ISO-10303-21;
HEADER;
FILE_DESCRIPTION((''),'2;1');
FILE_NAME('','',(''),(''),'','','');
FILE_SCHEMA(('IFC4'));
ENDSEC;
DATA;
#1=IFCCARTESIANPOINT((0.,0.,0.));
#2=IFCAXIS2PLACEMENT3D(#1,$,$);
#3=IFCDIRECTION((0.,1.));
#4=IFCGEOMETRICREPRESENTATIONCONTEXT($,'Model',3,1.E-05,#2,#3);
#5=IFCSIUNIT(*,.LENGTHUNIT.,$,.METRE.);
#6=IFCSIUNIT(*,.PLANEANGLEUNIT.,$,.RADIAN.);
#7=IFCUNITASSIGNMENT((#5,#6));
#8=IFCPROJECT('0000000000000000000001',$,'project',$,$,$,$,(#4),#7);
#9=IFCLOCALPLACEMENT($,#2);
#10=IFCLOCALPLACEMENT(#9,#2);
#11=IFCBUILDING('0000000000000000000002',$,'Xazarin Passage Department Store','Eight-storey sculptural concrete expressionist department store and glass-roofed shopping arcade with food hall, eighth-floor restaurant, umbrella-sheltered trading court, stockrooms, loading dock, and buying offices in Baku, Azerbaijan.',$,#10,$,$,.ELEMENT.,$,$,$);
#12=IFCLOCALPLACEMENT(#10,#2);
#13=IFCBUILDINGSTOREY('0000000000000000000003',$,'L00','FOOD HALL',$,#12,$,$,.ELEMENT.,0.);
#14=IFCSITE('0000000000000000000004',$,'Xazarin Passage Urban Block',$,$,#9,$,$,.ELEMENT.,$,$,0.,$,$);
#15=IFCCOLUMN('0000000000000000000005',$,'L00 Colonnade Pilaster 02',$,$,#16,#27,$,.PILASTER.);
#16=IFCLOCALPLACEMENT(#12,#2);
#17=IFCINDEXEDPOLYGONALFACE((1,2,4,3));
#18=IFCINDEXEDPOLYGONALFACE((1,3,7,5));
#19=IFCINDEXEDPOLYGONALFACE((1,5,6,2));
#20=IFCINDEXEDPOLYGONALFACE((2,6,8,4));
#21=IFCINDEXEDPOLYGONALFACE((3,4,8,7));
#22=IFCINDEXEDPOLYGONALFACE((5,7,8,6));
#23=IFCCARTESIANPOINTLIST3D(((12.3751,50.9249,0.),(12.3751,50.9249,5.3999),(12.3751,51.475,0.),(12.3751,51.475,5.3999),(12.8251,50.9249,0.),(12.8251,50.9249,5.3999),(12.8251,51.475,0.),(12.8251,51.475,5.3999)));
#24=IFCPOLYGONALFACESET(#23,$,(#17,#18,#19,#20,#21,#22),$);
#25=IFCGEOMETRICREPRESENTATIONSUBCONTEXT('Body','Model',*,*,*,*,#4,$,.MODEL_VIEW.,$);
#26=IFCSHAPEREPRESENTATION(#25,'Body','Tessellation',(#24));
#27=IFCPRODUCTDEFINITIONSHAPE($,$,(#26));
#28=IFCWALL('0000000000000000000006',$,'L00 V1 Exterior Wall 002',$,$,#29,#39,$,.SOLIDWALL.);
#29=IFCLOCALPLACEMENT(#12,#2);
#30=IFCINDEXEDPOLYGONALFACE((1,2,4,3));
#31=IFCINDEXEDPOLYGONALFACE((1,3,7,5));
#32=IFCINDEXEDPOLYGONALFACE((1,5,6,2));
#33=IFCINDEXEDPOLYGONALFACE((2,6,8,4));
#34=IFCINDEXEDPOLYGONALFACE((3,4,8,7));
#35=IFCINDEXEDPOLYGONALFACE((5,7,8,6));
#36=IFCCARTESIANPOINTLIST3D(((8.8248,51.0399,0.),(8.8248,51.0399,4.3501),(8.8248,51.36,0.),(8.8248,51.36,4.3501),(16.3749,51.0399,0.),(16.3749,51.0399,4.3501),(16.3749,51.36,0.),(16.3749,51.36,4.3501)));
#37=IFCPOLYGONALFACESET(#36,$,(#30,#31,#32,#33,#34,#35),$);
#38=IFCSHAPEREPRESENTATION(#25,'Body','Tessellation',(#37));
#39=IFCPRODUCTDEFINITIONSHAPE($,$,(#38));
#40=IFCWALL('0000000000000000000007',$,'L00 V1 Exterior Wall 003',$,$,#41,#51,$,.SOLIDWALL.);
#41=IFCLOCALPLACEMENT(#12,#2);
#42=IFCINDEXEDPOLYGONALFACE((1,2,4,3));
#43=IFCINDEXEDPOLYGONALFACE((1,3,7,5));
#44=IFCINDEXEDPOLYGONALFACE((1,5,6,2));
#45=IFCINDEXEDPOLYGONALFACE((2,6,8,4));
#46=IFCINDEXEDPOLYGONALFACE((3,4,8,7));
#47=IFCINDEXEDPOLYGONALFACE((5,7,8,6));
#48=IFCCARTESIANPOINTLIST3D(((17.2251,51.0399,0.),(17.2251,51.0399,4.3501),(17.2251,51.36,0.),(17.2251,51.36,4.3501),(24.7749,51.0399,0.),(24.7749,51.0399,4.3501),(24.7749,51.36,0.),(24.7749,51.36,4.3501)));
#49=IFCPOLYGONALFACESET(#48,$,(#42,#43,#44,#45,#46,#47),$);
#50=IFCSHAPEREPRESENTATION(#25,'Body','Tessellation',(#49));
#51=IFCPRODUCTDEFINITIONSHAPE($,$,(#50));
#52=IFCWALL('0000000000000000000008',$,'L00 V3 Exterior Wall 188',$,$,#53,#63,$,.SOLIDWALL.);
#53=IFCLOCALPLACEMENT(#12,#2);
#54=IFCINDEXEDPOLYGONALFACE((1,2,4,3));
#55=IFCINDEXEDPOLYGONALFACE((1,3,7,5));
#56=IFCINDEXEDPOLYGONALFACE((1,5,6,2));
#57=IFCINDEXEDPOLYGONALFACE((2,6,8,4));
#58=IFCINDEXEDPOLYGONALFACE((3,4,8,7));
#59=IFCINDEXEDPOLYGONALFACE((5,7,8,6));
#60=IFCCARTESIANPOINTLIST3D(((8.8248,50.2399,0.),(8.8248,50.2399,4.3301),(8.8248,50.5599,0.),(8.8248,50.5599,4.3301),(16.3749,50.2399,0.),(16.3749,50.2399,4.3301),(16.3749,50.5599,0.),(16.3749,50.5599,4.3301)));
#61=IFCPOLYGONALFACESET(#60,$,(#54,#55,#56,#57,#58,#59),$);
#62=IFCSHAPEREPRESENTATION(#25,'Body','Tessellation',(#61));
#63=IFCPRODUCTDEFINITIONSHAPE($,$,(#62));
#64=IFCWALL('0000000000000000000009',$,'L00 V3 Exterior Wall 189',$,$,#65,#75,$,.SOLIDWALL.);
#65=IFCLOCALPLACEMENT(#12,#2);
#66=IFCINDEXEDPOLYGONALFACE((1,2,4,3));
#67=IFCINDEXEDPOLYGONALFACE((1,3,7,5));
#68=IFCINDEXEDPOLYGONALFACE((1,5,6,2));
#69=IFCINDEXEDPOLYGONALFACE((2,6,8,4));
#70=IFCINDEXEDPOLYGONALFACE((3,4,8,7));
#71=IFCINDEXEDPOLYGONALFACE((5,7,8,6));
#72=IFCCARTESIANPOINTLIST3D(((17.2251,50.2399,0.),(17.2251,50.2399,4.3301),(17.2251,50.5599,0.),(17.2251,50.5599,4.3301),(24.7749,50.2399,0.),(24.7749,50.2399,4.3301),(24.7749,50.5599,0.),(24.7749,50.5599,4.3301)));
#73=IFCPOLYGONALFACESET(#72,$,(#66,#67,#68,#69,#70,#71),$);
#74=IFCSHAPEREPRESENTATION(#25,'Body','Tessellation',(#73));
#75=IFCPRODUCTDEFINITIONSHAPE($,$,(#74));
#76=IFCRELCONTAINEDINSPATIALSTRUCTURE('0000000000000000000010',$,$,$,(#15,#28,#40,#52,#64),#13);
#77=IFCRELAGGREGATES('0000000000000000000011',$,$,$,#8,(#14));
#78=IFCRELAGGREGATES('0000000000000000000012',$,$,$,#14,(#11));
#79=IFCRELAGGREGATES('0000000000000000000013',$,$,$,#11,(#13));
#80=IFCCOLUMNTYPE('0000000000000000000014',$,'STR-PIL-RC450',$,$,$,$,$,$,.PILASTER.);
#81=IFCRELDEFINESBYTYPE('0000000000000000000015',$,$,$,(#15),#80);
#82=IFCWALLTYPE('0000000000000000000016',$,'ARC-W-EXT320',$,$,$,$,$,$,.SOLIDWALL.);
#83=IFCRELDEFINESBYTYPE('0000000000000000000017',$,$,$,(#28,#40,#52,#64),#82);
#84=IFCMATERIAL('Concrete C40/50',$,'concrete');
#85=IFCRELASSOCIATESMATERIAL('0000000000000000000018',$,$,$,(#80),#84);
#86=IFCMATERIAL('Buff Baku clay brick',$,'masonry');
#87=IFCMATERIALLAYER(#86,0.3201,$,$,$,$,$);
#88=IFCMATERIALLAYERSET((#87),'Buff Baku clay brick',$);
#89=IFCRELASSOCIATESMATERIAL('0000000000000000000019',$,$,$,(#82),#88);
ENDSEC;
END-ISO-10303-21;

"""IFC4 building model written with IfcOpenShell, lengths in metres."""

from ifc_helpers import new_model, si_unit, direction, frame, frame_2d, origin, origin_2d, place, context, subcontext, project, spatial, rectangle, extrude, material, layer, layer_set, material_profile, profile_set, type_object, element, save


model = new_model("IFC4")

# Units and contexts
model_context = context("Model", 3, precision=1e-05, world=origin(), true_north=direction((0.0, 1.0)))
body_context = subcontext(model_context, "Body", "Model", "MODEL_VIEW")
ifc_project = project(units=[si_unit("LENGTHUNIT", "METRE"), si_unit("PLANEANGLEUNIT", "RADIAN")], contexts=[model_context])

# Site, building, storey
site_placement = place(None, origin())
site = spatial("IfcSite", under=ifc_project, at=site_placement, Name="Xazarin Passage Urban Block", CompositionType="ELEMENT", RefElevation=0.0)
building_placement = place(site_placement, origin())
building = spatial("IfcBuilding", under=site, at=building_placement, Name="Xazarin Passage Department Store", Description="Eight-storey sculptural concrete expressionist department store and glass-roofed shopping arcade with food hall, eighth-floor restaurant, umbrella-sheltered trading court, stockrooms, loading dock, and buying offices in Baku, Azerbaijan.", CompositionType="ELEMENT")
storey_placement = place(building_placement, origin())
storey = spatial("IfcBuildingStorey", under=building, at=storey_placement, Name="L00", Description="FOOD HALL", CompositionType="ELEMENT", Elevation=0.0)

# Column
ifc_material_1 = material(Name="Concrete C40/50", Category="concrete")
ifc_material_profile_1 = material_profile(ifc_material_1, rectangle(XDim=0.45, YDim=0.55, at=origin_2d()), Name="RC 450x550")
ifc_profile_set_1 = profile_set([ifc_material_profile_1], Name="Concrete C40/50")
column_type_1 = type_object("IfcColumnType", Name="STR-PIL-RC450", PredefinedType="PILASTER", material=ifc_profile_set_1)
column_placement = place(storey_placement, frame((12.6001, 51.2, 0.0), z_axis=(0.0, 0.0, 1.0), x_axis=(1.0, 0.0, 0.0)))
element("IfcColumn", 1, at=column_placement, inside=storey, type_object=column_type_1, Name="L00 Colonnade Pilaster 02", PredefinedType="PILASTER", context=body_context, shape_type="SweptSolid", body=[
    extrude(rectangle(XDim=0.45, YDim=0.55, at=origin_2d()), origin(), (0.0, 0.0, 1.0), 5.3999),
])

# Walls
ifc_material_2 = material(Name="Buff Baku clay brick", Category="masonry")
ifc_layer = layer(ifc_material_2, 0.3201)
ifc_layer_set = layer_set([ifc_layer], Name="Buff Baku clay brick")
wall_type = type_object("IfcWallType", Name="ARC-W-EXT320", PredefinedType="SOLIDWALL", material=ifc_layer_set)
wall_1_placement = place(storey_placement, frame((8.825, 51.2, 0.0), z_axis=(0.0, 0.0, 1.0), x_axis=(1.0, 0.0, 0.0)))
element("IfcWall", 2, at=wall_1_placement, inside=storey, type_object=wall_type, Name="L00 V1 Exterior Wall 002", PredefinedType="SOLIDWALL", context=body_context, shape_type="SweptSolid", body=[
    extrude(rectangle(XDim=7.55, YDim=0.3201, at=frame_2d((3.7749, 0.0))), origin(), (0.0, 0.0, 1.0), 4.3501),
])
wall_2_placement = place(storey_placement, frame((17.2251, 51.2, 0.0), z_axis=(0.0, 0.0, 1.0), x_axis=(1.0, 0.0, 0.0)))
element("IfcWall", 3, at=wall_2_placement, inside=storey, type_object=wall_type, Name="L00 V1 Exterior Wall 003", PredefinedType="SOLIDWALL", context=body_context, shape_type="SweptSolid", body=[
    extrude(rectangle(XDim=7.5498, YDim=0.3201, at=frame_2d((3.7749, 0.0))), origin(), (0.0, 0.0, 1.0), 4.3501),
])
wall_3_placement = place(storey_placement, frame((8.825, 50.3999, 0.0), z_axis=(0.0, 0.0, 1.0), x_axis=(1.0, 0.0, 0.0)))
element("IfcWall", 4, at=wall_3_placement, inside=storey, type_object=wall_type, Name="L00 V3 Exterior Wall 188", PredefinedType="SOLIDWALL", context=body_context, shape_type="SweptSolid", body=[
    extrude(rectangle(XDim=7.55, YDim=0.3201, at=frame_2d((3.7749, 0.0))), origin(), (0.0, 0.0, 1.0), 4.3301),
])
wall_4_placement = place(storey_placement, frame((17.2251, 50.3999, 0.0), z_axis=(0.0, 0.0, 1.0), x_axis=(1.0, 0.0, 0.0)))
element("IfcWall", 5, at=wall_4_placement, inside=storey, type_object=wall_type, Name="L00 V3 Exterior Wall 189", PredefinedType="SOLIDWALL", context=body_context, shape_type="SweptSolid", body=[
    extrude(rectangle(XDim=7.5498, YDim=0.3201, at=frame_2d((3.7749, 0.0))), origin(), (0.0, 0.0, 1.0), 4.3301),
])

save(model, "model.ifc")
